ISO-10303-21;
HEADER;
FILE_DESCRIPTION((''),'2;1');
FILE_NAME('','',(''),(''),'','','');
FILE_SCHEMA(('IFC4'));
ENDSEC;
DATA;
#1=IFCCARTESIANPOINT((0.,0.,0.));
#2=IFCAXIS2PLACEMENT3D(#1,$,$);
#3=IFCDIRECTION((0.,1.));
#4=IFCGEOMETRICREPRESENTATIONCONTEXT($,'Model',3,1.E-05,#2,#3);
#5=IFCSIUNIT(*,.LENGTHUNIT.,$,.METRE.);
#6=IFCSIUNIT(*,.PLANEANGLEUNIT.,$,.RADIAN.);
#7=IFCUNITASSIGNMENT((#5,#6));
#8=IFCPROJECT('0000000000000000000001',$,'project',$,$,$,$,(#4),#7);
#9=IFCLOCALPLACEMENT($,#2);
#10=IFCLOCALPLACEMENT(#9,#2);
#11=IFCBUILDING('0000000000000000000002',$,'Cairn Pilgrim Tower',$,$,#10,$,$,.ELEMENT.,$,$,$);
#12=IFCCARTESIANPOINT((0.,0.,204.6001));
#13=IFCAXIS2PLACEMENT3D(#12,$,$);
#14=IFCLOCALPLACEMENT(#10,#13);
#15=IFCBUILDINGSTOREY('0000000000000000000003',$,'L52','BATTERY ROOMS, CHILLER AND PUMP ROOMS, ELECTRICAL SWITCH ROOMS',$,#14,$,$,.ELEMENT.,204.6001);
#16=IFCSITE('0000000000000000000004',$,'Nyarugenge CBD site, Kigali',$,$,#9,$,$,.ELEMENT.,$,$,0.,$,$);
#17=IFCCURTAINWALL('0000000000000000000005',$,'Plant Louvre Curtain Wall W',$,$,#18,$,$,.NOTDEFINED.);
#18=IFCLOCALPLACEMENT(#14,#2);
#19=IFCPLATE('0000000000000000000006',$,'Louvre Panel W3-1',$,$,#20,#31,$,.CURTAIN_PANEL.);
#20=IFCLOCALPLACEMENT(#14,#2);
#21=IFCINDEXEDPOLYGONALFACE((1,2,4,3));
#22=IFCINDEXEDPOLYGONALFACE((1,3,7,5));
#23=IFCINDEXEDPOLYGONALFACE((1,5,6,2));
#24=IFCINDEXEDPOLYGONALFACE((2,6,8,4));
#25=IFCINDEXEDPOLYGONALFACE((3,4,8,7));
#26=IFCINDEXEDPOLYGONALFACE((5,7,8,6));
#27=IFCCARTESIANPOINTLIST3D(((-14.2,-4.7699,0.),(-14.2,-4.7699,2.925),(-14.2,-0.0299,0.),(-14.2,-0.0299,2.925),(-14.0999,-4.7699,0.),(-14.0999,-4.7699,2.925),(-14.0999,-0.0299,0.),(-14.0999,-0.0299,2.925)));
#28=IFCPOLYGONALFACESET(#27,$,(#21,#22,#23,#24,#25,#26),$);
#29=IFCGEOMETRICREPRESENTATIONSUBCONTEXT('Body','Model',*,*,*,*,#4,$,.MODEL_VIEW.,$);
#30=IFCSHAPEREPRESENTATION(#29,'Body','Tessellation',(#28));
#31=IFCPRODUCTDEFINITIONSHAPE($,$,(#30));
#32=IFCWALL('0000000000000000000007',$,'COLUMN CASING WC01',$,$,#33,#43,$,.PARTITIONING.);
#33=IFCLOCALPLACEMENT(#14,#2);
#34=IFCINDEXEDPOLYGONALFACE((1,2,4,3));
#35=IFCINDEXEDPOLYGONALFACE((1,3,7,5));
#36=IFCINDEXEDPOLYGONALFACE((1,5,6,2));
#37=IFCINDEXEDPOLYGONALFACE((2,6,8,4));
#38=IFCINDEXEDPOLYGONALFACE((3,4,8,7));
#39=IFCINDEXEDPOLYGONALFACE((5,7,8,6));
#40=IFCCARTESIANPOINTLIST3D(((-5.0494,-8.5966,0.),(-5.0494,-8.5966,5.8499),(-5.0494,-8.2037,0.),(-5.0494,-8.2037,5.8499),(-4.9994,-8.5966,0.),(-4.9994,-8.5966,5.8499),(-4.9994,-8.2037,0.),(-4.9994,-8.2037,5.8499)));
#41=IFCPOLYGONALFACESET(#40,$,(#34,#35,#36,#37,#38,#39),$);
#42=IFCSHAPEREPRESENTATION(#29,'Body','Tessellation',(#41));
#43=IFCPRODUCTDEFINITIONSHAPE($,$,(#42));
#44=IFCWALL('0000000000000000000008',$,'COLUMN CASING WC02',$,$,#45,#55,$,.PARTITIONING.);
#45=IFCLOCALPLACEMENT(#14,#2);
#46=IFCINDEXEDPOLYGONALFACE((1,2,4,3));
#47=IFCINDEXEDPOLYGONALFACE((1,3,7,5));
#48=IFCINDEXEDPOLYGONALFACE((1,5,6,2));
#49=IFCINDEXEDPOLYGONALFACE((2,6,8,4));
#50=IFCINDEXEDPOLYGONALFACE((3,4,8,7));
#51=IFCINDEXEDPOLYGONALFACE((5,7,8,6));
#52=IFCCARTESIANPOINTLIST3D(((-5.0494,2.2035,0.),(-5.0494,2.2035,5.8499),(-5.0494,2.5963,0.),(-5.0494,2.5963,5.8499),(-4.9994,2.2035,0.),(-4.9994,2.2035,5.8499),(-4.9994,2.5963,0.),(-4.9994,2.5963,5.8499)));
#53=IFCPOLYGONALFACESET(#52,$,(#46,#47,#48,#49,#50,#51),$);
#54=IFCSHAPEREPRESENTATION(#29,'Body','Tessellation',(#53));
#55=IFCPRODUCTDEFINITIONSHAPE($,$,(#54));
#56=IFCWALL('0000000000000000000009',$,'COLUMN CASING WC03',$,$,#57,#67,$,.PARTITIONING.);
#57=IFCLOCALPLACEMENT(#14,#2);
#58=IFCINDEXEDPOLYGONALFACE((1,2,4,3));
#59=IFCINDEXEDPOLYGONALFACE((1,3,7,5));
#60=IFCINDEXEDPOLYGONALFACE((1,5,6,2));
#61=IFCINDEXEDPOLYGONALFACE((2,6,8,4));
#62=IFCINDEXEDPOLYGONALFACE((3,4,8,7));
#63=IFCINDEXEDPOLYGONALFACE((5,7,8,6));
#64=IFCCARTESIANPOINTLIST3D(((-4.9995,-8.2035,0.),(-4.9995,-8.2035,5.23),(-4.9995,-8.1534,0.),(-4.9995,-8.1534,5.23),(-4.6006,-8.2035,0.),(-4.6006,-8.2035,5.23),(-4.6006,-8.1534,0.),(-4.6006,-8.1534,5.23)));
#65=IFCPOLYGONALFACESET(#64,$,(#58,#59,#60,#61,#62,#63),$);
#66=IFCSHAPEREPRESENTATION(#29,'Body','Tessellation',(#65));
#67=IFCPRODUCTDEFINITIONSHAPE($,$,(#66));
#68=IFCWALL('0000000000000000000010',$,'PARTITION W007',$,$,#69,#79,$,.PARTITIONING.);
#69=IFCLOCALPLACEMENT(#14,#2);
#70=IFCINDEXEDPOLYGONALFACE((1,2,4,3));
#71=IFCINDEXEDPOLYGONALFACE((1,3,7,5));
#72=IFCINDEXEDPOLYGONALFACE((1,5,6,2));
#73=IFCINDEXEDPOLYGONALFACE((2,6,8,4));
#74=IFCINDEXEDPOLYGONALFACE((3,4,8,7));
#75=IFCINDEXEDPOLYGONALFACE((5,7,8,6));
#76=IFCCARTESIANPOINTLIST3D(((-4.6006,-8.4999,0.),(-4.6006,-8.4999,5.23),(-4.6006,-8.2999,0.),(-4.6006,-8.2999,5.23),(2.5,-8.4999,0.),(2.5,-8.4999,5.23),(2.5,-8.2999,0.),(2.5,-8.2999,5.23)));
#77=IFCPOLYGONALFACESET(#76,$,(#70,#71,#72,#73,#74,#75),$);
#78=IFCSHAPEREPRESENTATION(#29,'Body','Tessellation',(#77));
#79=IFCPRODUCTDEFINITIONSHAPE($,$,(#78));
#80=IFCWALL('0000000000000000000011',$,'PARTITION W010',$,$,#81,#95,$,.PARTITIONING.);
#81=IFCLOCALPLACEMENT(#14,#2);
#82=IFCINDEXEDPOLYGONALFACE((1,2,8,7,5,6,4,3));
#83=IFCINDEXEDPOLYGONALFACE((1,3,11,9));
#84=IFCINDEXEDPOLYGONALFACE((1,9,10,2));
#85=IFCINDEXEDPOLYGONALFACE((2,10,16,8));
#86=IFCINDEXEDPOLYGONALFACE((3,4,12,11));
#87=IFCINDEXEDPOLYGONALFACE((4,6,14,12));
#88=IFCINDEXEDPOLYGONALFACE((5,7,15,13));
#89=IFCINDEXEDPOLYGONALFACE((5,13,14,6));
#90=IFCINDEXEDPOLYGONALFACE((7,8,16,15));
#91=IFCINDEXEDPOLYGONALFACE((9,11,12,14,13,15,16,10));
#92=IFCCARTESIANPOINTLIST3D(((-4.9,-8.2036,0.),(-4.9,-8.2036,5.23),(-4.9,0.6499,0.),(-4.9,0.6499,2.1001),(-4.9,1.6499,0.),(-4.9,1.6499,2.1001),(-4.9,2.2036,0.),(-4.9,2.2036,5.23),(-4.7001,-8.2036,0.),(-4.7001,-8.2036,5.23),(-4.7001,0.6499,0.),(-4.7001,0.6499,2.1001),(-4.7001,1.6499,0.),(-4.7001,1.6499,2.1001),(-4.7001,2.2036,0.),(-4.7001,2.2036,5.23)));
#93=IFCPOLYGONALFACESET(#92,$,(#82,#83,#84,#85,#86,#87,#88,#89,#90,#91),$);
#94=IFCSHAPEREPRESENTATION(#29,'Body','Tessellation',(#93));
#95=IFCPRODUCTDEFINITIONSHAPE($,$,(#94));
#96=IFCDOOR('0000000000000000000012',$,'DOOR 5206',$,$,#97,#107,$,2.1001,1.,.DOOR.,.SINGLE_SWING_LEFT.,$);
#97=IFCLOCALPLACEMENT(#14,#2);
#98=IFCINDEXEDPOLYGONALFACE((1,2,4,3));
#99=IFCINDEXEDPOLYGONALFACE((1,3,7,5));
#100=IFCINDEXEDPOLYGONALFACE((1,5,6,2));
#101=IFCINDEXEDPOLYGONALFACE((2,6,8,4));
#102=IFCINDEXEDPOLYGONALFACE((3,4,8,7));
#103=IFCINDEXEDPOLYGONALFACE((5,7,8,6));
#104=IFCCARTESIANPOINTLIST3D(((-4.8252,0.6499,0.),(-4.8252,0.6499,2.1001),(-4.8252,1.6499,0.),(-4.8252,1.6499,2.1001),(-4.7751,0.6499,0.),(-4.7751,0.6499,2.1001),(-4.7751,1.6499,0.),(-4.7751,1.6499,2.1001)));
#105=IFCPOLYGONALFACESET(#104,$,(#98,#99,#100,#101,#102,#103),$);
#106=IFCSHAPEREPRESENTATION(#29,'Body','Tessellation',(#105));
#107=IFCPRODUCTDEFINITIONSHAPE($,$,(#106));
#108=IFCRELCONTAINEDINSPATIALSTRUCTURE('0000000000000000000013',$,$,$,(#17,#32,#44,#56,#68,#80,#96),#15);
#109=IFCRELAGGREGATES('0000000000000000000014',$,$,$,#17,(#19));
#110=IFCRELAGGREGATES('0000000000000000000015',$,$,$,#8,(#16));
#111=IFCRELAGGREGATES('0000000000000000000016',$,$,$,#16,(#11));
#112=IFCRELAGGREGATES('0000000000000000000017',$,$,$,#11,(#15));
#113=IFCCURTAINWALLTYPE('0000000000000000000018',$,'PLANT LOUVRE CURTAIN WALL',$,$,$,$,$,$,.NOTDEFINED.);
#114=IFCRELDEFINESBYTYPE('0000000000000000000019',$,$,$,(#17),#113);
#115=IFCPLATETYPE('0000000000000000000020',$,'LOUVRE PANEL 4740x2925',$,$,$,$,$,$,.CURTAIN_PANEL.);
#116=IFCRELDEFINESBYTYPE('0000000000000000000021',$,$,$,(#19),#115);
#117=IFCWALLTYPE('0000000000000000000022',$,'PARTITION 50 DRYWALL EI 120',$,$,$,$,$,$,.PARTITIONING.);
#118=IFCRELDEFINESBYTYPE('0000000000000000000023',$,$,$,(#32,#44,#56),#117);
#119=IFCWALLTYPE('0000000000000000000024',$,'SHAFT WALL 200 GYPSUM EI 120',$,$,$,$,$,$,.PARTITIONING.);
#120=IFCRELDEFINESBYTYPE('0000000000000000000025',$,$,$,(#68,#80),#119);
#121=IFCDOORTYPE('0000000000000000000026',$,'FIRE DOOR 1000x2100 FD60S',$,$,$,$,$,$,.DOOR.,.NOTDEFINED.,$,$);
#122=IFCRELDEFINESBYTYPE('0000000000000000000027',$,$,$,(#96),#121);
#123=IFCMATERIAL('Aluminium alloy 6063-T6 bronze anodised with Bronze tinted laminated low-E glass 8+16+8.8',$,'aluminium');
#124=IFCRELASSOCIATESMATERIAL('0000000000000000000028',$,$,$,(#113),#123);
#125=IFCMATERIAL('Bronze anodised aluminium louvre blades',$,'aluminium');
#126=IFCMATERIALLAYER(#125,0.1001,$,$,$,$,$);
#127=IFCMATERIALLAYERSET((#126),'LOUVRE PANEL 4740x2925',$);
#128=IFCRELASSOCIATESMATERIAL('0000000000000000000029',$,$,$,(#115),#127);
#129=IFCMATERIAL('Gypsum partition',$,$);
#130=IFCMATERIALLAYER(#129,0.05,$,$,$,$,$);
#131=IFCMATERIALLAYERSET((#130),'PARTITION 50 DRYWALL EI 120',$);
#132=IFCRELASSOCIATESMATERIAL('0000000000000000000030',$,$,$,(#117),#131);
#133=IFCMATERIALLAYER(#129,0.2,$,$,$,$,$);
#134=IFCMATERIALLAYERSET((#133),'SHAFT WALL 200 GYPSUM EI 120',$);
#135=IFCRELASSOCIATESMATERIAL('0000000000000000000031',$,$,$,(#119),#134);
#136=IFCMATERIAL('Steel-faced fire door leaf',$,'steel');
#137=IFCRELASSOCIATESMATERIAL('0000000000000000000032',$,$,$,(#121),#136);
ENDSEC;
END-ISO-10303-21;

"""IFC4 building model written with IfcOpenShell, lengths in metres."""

from ifc_helpers import new_model, si_unit, direction, frame, frame_2d, origin, origin_2d, place, context, subcontext, project, spatial, rectangle, extrude, material, layer, layer_set, type_object, element, fill, aggregate, save


model = new_model("IFC4")

# Units and contexts
model_context = context("Model", 3, precision=1e-05, world=origin(), true_north=direction((0.0, 1.0)))
body_context = subcontext(model_context, "Body", "Model", "MODEL_VIEW")
ifc_project = project(units=[si_unit("LENGTHUNIT", "METRE"), si_unit("PLANEANGLEUNIT", "RADIAN")], contexts=[model_context])

# Site, building, storey
site_placement = place(None, origin())
site = spatial("IfcSite", under=ifc_project, at=site_placement, Name="Nyarugenge CBD site, Kigali", CompositionType="ELEMENT", RefElevation=0.0)
building_placement = place(site_placement, origin())
building = spatial("IfcBuilding", under=site, at=building_placement, Name="Cairn Pilgrim Tower", CompositionType="ELEMENT")
storey_placement = place(building_placement, frame((0.0, 0.0, 204.6001)))
storey = spatial("IfcBuildingStorey", under=building, at=storey_placement, Name="L52", Description="BATTERY ROOMS, CHILLER AND PUMP ROOMS, ELECTRICAL SWITCH ROOMS", CompositionType="ELEMENT", Elevation=204.6001)

# Curtain wall
ifc_material_1 = material(Name="Aluminium alloy 6063-T6 bronze anodised with Bronze tinted laminated low-E glass 8+16+8.8", Category="aluminium")
curtain_wall_type = type_object("IfcCurtainWallType", Name="PLANT LOUVRE CURTAIN WALL", PredefinedType="NOTDEFINED", material=ifc_material_1)
curtain_wall_1_placement = place(storey_placement, origin())
curtain_wall_1 = element("IfcCurtainWall", 1, at=curtain_wall_1_placement, inside=storey, type_object=curtain_wall_type, Name="Plant Louvre Curtain Wall W", PredefinedType="NOTDEFINED")

# Plate
ifc_material_2 = material(Name="Bronze anodised aluminium louvre blades", Category="aluminium")
ifc_layer_1 = layer(ifc_material_2, 0.1001)
ifc_layer_set_1 = layer_set([ifc_layer_1], Name="LOUVRE PANEL 4740x2925")
plate_type_1 = type_object("IfcPlateType", Name="LOUVRE PANEL 4740x2925", PredefinedType="CURTAIN_PANEL", material=ifc_layer_set_1)
plate_1_placement = place(storey_placement, frame((-14.1499, -2.3999, 0.0), z_axis=(0.0, 0.0, 1.0), x_axis=(0.0, -1.0, 0.0)))
plate_1 = element("IfcPlate", 2, at=plate_1_placement, type_object=plate_type_1, Name="Louvre Panel W3-1", PredefinedType="CURTAIN_PANEL", context=body_context, shape_type="SweptSolid", body=[
    extrude(rectangle(XDim=4.74, YDim=0.1001, at=origin_2d()), origin(), (0.0, 0.0, 1.0), 2.925),
])
aggregate(curtain_wall_1, [plate_1])

# Walls
ifc_material_3 = material(Name="Gypsum partition")
ifc_layer_2 = layer(ifc_material_3, 0.05)
ifc_layer_set_2 = layer_set([ifc_layer_2], Name="PARTITION 50 DRYWALL EI 120")
wall_type_1 = type_object("IfcWallType", Name="PARTITION 50 DRYWALL EI 120", PredefinedType="PARTITIONING", material=ifc_layer_set_2)
for number, where, z_axis, x_axis, name in (
    (3, (-5.0244, -8.5964, 0.0), (0.0, 0.0, 1.0), (0.0, 1.0, 0.0), "COLUMN CASING WC01"),
    (4, (-5.0244, 2.2036, 0.0), (0.0, 0.0, 1.0), (0.0, 1.0, 0.0), "COLUMN CASING WC02"),
):
    element("IfcWall", number, at=place(storey_placement, frame(where, z_axis=z_axis, x_axis=x_axis)), inside=storey, type_object=wall_type_1, Name=name, PredefinedType="PARTITIONING", context=body_context, shape_type="SweptSolid", body=[
        extrude(rectangle(XDim=0.3928, YDim=0.05, at=frame_2d((0.1963, 0.0))), origin(), (0.0, 0.0, 1.0), 5.8499),
    ])
wall_1_placement = place(storey_placement, frame((-4.9995, -8.1785, 0.0), z_axis=(0.0, 0.0, 1.0), x_axis=(1.0, 0.0, 0.0)))
element("IfcWall", 5, at=wall_1_placement, inside=storey, type_object=wall_type_1, Name="COLUMN CASING WC03", PredefinedType="PARTITIONING", context=body_context, shape_type="SweptSolid", body=[
    extrude(rectangle(XDim=0.3989, YDim=0.05, at=frame_2d((0.1995, 0.0))), origin(), (0.0, 0.0, 1.0), 5.23),
])
ifc_layer_3 = layer(ifc_material_3, 0.2)
ifc_layer_set_3 = layer_set([ifc_layer_3], Name="SHAFT WALL 200 GYPSUM EI 120")
wall_type_2 = type_object("IfcWallType", Name="SHAFT WALL 200 GYPSUM EI 120", PredefinedType="PARTITIONING", material=ifc_layer_set_3)
wall_2_placement = place(storey_placement, frame((-4.6006, -8.3999, 0.0), z_axis=(0.0, 0.0, 1.0), x_axis=(1.0, 0.0, 0.0)))
element("IfcWall", 6, at=wall_2_placement, inside=storey, type_object=wall_type_2, Name="PARTITION W007", PredefinedType="PARTITIONING", context=body_context, shape_type="SweptSolid", body=[
    extrude(rectangle(XDim=7.1006, YDim=0.2, at=frame_2d((3.5503, 0.0))), origin(), (0.0, 0.0, 1.0), 5.23),
])

# Wall, opening, door
wall_3_placement = place(storey_placement, frame((-4.8, -8.2036, 0.0), z_axis=(0.0, 0.0, 1.0), x_axis=(0.0, 1.0, 0.0)))
wall_3 = element("IfcWall", 7, at=wall_3_placement, inside=storey, type_object=wall_type_2, Name="PARTITION W010", PredefinedType="PARTITIONING", context=body_context, shape_type="SweptSolid", body=[
    extrude(rectangle(XDim=10.4072, YDim=0.2, at=frame_2d((5.2036, 0.0))), origin(), (0.0, 0.0, 1.0), 5.23),
])
opening_placement = place(wall_3_placement, frame((8.8535, 0.0, 0.0)))
opening = element("IfcOpeningElement", 8, at=opening_placement, cuts=wall_3, PredefinedType="OPENING", context=body_context, shape_type="SweptSolid", body=[
    extrude(rectangle(XDim=1.0, YDim=2.1001, at=frame_2d((0.5, 1.05))), frame((0.0, 0.1099, 0.0), z_axis=(0.0, -1.0, 0.0), x_axis=(1.0, 0.0, 0.0)), (0.0, 0.0, 1.0), 0.22),
])
ifc_material_4 = material(Name="Steel-faced fire door leaf", Category="steel")
door_type = type_object("IfcDoorType", Name="FIRE DOOR 1000x2100 FD60S", OperationType="NOTDEFINED", PredefinedType="DOOR", material=ifc_material_4)
door_placement = place(opening_placement, frame((1.0, 0.0, 0.0), z_axis=(0.0, 0.0, 1.0), x_axis=(-1.0, 0.0, 0.0)))
door = element("IfcDoor", 9, at=door_placement, inside=storey, type_object=door_type, Name="DOOR 5206", OperationType="SINGLE_SWING_LEFT", OverallHeight=2.1001, OverallWidth=1.0, PredefinedType="DOOR", context=body_context, shape_type="SweptSolid", body=[
    extrude(rectangle(XDim=1.0, YDim=2.1001, at=frame_2d((0.5, 1.05))), frame((0.0, 0.0249, 0.0), z_axis=(0.0, -1.0, 0.0), x_axis=(1.0, 0.0, 0.0)), (0.0, 0.0, 1.0), 0.05),
])
fill(opening, door)

save(model, "model.ifc")
